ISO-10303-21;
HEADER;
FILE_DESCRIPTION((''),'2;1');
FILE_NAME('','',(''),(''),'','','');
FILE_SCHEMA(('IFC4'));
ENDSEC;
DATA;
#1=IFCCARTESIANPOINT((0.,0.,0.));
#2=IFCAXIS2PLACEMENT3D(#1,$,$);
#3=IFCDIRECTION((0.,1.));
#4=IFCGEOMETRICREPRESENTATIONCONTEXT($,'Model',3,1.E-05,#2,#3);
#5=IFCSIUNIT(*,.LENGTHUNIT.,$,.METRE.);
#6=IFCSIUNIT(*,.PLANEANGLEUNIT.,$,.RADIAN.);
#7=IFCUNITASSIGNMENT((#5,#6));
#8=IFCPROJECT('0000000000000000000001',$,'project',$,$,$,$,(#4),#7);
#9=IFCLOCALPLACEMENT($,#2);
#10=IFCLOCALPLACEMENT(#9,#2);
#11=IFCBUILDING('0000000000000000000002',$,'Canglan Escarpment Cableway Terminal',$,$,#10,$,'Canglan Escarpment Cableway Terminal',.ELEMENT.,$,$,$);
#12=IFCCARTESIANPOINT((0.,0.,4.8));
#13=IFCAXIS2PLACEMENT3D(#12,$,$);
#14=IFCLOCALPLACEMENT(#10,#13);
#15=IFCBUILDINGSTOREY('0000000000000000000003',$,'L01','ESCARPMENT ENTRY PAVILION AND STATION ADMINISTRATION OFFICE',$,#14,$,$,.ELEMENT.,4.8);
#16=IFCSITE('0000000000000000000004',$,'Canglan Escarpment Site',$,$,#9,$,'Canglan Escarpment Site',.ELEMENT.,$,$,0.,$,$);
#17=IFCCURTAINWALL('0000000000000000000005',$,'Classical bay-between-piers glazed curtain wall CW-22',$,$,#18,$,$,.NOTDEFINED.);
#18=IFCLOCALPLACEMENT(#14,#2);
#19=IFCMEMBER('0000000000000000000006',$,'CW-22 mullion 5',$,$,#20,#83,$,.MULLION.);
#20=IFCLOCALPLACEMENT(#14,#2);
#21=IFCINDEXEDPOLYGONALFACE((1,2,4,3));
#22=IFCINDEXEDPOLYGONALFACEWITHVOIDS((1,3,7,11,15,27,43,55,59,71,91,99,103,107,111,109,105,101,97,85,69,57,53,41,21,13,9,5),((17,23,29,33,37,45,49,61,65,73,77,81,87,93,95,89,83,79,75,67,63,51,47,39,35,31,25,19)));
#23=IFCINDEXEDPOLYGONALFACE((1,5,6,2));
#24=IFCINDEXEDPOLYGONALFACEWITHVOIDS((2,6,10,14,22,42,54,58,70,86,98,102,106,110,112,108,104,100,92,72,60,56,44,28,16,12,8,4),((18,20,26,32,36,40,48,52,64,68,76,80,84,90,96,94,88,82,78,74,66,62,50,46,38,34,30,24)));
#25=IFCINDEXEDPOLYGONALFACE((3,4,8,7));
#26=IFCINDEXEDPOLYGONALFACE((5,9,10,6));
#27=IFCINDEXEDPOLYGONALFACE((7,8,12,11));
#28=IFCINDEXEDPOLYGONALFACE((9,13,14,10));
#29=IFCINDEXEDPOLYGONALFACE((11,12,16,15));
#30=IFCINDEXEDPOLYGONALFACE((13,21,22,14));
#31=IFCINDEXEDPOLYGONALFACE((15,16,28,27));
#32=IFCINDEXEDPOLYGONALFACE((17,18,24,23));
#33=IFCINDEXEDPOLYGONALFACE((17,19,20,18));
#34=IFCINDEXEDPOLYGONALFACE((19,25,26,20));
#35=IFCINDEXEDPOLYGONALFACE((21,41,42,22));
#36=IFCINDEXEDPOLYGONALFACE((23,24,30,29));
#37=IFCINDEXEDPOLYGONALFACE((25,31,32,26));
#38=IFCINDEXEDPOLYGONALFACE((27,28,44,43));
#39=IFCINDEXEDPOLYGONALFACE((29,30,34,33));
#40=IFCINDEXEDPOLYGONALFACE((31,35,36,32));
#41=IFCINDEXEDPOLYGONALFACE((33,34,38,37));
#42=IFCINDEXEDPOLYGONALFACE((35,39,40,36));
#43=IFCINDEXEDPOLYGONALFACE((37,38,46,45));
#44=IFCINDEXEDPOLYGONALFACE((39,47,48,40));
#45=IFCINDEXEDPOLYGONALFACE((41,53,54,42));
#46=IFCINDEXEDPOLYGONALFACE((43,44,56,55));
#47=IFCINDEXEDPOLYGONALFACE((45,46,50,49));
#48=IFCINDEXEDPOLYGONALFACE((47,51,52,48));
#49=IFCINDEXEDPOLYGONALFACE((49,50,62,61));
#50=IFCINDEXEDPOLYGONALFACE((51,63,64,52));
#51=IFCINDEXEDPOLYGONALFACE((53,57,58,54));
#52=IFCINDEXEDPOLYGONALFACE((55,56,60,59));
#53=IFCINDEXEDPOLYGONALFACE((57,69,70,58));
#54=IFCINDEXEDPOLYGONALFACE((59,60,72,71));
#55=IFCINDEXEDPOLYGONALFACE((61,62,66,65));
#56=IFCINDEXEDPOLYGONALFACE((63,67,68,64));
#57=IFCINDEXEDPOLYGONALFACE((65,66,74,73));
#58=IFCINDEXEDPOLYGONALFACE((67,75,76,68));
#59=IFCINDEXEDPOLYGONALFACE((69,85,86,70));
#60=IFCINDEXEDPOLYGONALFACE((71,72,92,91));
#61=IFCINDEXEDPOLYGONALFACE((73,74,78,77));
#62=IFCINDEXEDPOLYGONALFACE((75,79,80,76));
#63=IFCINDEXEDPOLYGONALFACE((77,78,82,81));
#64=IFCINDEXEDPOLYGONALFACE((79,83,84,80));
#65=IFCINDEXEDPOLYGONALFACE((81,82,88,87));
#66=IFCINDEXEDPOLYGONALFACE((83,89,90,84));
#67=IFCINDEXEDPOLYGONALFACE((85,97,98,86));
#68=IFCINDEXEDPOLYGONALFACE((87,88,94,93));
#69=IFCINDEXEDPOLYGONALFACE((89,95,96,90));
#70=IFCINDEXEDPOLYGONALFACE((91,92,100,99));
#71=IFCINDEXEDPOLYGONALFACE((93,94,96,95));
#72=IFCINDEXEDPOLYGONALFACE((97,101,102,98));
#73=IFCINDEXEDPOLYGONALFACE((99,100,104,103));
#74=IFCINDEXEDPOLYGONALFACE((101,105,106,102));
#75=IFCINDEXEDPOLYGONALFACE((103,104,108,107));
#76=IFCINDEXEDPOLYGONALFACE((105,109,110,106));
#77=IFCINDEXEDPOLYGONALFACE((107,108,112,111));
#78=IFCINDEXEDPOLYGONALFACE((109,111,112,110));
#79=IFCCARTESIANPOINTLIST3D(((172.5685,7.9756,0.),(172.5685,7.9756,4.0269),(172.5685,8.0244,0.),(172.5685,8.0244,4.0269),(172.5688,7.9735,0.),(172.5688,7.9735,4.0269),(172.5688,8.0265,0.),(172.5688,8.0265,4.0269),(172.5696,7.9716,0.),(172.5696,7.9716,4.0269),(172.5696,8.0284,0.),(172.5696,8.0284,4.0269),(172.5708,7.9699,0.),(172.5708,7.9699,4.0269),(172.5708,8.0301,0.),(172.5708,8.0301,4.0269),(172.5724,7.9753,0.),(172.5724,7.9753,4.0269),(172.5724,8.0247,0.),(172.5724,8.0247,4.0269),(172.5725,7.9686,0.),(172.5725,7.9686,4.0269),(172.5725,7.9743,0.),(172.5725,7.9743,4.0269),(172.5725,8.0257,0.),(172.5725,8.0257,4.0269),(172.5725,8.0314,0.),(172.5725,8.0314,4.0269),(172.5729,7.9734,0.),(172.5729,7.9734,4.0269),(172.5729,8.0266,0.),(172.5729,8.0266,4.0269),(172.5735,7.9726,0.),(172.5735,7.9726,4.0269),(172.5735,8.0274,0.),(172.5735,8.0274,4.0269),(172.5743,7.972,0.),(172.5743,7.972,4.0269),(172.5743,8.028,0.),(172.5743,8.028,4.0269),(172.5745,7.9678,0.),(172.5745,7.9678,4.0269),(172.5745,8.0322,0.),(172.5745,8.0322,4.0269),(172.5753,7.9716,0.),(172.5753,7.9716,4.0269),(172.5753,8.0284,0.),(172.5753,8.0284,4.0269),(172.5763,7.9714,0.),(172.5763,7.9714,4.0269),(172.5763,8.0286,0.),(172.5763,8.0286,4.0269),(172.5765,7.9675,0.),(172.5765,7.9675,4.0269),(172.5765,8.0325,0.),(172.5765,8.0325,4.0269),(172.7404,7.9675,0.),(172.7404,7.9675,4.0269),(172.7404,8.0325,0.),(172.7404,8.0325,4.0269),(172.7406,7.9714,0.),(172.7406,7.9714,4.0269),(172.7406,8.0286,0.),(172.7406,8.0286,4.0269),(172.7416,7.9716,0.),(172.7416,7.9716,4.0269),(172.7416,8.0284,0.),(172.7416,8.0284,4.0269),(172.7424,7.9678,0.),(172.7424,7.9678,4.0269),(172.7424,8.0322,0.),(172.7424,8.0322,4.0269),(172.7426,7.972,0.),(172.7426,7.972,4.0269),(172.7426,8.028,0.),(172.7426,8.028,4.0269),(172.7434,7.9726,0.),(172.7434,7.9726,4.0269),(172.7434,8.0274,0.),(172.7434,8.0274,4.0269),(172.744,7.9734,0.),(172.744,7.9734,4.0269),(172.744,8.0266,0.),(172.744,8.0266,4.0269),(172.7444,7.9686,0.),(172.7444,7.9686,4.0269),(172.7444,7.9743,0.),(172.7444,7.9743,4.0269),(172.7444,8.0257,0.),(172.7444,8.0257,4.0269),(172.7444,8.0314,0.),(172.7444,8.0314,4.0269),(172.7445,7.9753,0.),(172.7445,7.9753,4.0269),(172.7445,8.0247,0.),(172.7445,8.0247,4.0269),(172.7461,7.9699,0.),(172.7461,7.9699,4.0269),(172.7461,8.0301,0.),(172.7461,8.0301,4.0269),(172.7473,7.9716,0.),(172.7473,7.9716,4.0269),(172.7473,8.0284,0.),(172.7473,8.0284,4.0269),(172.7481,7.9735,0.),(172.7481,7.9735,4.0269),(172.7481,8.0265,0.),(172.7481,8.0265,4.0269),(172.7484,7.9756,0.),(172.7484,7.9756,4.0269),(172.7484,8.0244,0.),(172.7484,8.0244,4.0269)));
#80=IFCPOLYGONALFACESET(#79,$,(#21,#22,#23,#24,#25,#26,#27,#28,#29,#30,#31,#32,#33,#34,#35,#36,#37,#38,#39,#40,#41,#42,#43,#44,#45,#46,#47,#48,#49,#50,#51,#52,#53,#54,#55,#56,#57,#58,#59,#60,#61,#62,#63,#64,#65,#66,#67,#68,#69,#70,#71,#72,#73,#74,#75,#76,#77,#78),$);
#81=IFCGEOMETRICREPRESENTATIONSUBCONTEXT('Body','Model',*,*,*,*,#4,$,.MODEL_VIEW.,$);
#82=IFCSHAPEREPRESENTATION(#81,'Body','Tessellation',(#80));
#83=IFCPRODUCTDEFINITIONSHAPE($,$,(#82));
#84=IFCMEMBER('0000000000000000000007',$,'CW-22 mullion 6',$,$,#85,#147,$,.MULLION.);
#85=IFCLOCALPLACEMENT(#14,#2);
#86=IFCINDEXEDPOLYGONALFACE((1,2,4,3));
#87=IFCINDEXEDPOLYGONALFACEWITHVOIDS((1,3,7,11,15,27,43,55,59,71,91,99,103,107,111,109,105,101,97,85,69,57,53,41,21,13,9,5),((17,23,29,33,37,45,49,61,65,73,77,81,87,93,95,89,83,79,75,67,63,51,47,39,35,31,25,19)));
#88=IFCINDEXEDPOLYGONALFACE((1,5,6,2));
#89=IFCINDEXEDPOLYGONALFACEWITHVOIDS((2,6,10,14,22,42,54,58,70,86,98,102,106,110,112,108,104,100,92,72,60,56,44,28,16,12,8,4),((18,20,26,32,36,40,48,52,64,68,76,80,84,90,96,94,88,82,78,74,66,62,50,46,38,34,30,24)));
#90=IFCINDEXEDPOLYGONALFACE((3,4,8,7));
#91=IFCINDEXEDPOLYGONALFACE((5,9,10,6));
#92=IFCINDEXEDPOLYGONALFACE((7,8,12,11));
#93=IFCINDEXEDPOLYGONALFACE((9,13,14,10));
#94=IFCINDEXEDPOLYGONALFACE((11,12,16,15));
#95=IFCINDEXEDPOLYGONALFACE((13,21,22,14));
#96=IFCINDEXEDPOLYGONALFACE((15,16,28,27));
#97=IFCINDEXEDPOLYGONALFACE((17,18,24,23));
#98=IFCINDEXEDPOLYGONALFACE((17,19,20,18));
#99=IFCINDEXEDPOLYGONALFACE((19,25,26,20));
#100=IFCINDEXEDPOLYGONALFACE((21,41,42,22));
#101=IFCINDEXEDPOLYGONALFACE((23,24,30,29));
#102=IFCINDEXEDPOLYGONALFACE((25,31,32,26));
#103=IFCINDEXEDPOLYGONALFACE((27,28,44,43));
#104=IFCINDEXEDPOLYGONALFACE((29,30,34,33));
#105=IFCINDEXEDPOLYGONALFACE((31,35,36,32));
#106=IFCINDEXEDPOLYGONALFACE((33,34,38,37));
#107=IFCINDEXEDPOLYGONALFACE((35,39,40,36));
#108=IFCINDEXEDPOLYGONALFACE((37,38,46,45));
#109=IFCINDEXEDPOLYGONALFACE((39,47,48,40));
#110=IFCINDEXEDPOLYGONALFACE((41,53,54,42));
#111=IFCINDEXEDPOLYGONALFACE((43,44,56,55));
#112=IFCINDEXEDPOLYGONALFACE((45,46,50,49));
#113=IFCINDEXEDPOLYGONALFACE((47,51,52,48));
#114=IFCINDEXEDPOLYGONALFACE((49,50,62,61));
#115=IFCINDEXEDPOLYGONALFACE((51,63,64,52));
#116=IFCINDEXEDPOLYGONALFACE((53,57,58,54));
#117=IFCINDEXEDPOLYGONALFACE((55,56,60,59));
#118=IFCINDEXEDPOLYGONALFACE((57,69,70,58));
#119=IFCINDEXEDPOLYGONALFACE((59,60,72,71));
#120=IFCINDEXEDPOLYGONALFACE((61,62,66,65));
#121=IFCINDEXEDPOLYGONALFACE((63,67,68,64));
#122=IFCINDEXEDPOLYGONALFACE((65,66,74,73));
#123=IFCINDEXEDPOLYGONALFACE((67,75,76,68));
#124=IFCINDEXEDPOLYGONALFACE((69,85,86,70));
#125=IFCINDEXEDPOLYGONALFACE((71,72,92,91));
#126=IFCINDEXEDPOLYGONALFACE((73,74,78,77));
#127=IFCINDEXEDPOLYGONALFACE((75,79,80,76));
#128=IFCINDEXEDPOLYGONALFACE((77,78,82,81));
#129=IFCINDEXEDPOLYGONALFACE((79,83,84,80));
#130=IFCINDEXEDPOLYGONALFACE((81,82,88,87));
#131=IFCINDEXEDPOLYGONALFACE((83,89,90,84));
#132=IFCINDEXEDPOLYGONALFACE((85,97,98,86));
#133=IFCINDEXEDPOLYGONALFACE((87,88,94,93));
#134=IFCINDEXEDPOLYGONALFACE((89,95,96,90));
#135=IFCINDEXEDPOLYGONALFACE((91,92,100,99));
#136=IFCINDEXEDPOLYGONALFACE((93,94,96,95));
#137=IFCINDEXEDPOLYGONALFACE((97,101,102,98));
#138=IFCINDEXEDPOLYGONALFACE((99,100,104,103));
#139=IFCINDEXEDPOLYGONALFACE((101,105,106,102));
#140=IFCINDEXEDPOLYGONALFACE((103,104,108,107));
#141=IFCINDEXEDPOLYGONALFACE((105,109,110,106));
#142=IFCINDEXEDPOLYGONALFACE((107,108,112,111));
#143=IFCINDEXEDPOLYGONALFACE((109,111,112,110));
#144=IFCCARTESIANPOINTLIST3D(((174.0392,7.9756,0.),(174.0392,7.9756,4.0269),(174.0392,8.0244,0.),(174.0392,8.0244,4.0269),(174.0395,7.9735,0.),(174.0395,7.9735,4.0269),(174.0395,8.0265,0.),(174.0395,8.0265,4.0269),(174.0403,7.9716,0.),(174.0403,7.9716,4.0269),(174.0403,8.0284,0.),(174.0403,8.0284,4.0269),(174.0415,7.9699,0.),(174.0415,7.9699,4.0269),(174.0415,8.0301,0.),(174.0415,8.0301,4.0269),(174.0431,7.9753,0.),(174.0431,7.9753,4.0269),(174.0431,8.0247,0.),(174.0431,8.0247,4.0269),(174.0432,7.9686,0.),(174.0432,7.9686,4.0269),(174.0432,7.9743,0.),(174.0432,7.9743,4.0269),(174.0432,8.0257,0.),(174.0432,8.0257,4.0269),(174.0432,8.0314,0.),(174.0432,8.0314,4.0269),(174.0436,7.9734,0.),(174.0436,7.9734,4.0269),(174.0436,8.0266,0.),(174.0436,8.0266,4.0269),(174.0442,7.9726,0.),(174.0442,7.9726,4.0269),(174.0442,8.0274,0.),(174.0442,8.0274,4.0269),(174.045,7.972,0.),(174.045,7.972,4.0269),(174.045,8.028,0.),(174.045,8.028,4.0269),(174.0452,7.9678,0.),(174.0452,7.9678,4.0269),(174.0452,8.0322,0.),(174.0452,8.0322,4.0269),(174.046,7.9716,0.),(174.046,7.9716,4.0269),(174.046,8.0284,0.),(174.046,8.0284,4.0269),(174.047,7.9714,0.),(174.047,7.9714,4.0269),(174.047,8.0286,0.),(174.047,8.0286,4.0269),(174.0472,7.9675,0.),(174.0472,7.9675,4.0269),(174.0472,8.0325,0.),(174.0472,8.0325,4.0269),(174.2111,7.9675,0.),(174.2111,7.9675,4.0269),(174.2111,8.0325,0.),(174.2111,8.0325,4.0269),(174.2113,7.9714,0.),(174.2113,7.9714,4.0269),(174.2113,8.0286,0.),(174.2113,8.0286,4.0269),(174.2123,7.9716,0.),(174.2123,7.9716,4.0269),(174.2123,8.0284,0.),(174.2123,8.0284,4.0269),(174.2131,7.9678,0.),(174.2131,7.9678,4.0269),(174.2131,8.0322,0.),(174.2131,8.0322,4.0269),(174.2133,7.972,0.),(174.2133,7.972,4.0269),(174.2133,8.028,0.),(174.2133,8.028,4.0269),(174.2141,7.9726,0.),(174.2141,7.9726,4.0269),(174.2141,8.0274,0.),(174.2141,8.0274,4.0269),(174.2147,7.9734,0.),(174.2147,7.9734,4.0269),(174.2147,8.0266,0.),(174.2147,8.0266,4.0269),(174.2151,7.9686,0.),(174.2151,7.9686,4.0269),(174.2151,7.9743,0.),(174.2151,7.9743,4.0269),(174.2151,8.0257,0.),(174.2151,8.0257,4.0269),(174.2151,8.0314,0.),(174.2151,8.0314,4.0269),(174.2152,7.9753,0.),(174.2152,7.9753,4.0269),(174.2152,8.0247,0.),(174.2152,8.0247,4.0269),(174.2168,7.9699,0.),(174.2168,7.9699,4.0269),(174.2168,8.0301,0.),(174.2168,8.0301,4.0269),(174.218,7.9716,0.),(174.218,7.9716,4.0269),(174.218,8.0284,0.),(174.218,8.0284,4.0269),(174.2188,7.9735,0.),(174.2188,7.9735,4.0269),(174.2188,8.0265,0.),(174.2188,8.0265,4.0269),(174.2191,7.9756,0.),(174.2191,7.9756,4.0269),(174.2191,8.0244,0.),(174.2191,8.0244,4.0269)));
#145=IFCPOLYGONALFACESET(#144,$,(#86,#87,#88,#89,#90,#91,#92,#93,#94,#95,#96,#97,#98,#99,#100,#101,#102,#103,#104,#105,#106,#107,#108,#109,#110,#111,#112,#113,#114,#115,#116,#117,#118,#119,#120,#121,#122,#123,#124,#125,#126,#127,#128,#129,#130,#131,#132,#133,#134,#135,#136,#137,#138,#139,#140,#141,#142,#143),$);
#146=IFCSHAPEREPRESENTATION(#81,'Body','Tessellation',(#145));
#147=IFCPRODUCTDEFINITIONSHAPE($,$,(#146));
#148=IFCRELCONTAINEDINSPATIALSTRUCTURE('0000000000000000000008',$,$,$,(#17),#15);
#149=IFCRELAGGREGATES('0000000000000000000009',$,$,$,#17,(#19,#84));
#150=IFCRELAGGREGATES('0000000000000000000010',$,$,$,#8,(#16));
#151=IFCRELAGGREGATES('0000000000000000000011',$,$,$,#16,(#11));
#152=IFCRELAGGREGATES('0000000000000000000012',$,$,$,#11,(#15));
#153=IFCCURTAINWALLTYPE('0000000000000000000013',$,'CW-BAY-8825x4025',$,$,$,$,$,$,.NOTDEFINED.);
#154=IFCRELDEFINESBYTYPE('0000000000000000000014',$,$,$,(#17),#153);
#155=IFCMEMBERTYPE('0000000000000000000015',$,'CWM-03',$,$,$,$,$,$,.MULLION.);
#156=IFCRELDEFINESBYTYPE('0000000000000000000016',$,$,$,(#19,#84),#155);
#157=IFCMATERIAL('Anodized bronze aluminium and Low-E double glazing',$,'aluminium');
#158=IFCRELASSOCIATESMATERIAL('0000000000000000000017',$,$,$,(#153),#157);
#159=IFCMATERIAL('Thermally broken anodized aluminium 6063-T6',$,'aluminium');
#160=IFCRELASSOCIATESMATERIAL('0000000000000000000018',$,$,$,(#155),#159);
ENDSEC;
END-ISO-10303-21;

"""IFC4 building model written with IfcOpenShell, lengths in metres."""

from ifc_helpers import new_model, si_unit, direction, frame, origin, origin_2d, place, context, subcontext, project, spatial, hollow_rectangle, extrude, material, material_profile, profile_set, type_object, element, aggregate, save


model = new_model("IFC4")

# Units and contexts
model_context = context("Model", 3, precision=1e-05, world=origin(), true_north=direction((0.0, 1.0)))
body_context = subcontext(model_context, "Body", "Model", "MODEL_VIEW")
ifc_project = project(units=[si_unit("LENGTHUNIT", "METRE"), si_unit("PLANEANGLEUNIT", "RADIAN")], contexts=[model_context])

# Site, building, storey
site_placement = place(None, origin())
site = spatial("IfcSite", under=ifc_project, at=site_placement, Name="Canglan Escarpment Site", LongName="Canglan Escarpment Site", CompositionType="ELEMENT", RefElevation=0.0)
building_placement = place(site_placement, origin())
building = spatial("IfcBuilding", under=site, at=building_placement, Name="Canglan Escarpment Cableway Terminal", LongName="Canglan Escarpment Cableway Terminal", CompositionType="ELEMENT")
storey_placement = place(building_placement, frame((0.0, 0.0, 4.8)))
storey = spatial("IfcBuildingStorey", under=building, at=storey_placement, Name="L01", Description="ESCARPMENT ENTRY PAVILION AND STATION ADMINISTRATION OFFICE", CompositionType="ELEMENT", Elevation=4.8)

# Curtain wall, members
ifc_material_1 = material(Name="Anodized bronze aluminium and Low-E double glazing", Category="aluminium")
curtain_wall_type = type_object("IfcCurtainWallType", Name="CW-BAY-8825x4025", PredefinedType="NOTDEFINED", material=ifc_material_1)
curtain_wall_placement = place(storey_placement, origin())
curtain_wall = element("IfcCurtainWall", 1, at=curtain_wall_placement, inside=storey, type_object=curtain_wall_type, Name="Classical bay-between-piers glazed curtain wall CW-22", PredefinedType="NOTDEFINED")
ifc_material_2 = material(Name="Thermally broken anodized aluminium 6063-T6", Category="aluminium")
ifc_material_profile_1 = material_profile(ifc_material_2, hollow_rectangle(XDim=0.0649, YDim=0.1799, WallThickness=0.0039, InnerFilletRadius=0.0039, OuterFilletRadius=0.0081, at=origin_2d()), Name="ALU-MULL 65x180x4")
ifc_profile_set_1 = profile_set([ifc_material_profile_1], Name="Thermally broken anodized aluminium 6063-T6")
member_type_1 = type_object("IfcMemberType", Name="CWM-03", PredefinedType="MULLION", material=ifc_profile_set_1)
member_1_placement = place(storey_placement, frame((172.6584, 8.0, 0.0), z_axis=(0.0, 0.0, 1.0), x_axis=(0.0, 1.0, 0.0)))
member_1 = element("IfcMember", 2, at=member_1_placement, type_object=member_type_1, Name="CW-22 mullion 5", PredefinedType="MULLION", context=body_context, shape_type="SweptSolid", body=[
    extrude(hollow_rectangle(XDim=0.0649, YDim=0.1799, WallThickness=0.0039, InnerFilletRadius=0.0039, OuterFilletRadius=0.0081, at=origin_2d()), origin(), (0.0, 0.0, 1.0), 4.0269),
])
member_2_placement = place(storey_placement, frame((174.1292, 8.0, 0.0), z_axis=(0.0, 0.0, 1.0), x_axis=(0.0, 1.0, 0.0)))
member_2 = element("IfcMember", 3, at=member_2_placement, type_object=member_type_1, Name="CW-22 mullion 6", PredefinedType="MULLION", context=body_context, shape_type="SweptSolid", body=[
    extrude(hollow_rectangle(XDim=0.0649, YDim=0.1799, WallThickness=0.0039, InnerFilletRadius=0.0039, OuterFilletRadius=0.0081, at=origin_2d()), origin(), (0.0, 0.0, 1.0), 4.0269),
])
aggregate(curtain_wall, [member_1, member_2])

save(model, "model.ifc")
